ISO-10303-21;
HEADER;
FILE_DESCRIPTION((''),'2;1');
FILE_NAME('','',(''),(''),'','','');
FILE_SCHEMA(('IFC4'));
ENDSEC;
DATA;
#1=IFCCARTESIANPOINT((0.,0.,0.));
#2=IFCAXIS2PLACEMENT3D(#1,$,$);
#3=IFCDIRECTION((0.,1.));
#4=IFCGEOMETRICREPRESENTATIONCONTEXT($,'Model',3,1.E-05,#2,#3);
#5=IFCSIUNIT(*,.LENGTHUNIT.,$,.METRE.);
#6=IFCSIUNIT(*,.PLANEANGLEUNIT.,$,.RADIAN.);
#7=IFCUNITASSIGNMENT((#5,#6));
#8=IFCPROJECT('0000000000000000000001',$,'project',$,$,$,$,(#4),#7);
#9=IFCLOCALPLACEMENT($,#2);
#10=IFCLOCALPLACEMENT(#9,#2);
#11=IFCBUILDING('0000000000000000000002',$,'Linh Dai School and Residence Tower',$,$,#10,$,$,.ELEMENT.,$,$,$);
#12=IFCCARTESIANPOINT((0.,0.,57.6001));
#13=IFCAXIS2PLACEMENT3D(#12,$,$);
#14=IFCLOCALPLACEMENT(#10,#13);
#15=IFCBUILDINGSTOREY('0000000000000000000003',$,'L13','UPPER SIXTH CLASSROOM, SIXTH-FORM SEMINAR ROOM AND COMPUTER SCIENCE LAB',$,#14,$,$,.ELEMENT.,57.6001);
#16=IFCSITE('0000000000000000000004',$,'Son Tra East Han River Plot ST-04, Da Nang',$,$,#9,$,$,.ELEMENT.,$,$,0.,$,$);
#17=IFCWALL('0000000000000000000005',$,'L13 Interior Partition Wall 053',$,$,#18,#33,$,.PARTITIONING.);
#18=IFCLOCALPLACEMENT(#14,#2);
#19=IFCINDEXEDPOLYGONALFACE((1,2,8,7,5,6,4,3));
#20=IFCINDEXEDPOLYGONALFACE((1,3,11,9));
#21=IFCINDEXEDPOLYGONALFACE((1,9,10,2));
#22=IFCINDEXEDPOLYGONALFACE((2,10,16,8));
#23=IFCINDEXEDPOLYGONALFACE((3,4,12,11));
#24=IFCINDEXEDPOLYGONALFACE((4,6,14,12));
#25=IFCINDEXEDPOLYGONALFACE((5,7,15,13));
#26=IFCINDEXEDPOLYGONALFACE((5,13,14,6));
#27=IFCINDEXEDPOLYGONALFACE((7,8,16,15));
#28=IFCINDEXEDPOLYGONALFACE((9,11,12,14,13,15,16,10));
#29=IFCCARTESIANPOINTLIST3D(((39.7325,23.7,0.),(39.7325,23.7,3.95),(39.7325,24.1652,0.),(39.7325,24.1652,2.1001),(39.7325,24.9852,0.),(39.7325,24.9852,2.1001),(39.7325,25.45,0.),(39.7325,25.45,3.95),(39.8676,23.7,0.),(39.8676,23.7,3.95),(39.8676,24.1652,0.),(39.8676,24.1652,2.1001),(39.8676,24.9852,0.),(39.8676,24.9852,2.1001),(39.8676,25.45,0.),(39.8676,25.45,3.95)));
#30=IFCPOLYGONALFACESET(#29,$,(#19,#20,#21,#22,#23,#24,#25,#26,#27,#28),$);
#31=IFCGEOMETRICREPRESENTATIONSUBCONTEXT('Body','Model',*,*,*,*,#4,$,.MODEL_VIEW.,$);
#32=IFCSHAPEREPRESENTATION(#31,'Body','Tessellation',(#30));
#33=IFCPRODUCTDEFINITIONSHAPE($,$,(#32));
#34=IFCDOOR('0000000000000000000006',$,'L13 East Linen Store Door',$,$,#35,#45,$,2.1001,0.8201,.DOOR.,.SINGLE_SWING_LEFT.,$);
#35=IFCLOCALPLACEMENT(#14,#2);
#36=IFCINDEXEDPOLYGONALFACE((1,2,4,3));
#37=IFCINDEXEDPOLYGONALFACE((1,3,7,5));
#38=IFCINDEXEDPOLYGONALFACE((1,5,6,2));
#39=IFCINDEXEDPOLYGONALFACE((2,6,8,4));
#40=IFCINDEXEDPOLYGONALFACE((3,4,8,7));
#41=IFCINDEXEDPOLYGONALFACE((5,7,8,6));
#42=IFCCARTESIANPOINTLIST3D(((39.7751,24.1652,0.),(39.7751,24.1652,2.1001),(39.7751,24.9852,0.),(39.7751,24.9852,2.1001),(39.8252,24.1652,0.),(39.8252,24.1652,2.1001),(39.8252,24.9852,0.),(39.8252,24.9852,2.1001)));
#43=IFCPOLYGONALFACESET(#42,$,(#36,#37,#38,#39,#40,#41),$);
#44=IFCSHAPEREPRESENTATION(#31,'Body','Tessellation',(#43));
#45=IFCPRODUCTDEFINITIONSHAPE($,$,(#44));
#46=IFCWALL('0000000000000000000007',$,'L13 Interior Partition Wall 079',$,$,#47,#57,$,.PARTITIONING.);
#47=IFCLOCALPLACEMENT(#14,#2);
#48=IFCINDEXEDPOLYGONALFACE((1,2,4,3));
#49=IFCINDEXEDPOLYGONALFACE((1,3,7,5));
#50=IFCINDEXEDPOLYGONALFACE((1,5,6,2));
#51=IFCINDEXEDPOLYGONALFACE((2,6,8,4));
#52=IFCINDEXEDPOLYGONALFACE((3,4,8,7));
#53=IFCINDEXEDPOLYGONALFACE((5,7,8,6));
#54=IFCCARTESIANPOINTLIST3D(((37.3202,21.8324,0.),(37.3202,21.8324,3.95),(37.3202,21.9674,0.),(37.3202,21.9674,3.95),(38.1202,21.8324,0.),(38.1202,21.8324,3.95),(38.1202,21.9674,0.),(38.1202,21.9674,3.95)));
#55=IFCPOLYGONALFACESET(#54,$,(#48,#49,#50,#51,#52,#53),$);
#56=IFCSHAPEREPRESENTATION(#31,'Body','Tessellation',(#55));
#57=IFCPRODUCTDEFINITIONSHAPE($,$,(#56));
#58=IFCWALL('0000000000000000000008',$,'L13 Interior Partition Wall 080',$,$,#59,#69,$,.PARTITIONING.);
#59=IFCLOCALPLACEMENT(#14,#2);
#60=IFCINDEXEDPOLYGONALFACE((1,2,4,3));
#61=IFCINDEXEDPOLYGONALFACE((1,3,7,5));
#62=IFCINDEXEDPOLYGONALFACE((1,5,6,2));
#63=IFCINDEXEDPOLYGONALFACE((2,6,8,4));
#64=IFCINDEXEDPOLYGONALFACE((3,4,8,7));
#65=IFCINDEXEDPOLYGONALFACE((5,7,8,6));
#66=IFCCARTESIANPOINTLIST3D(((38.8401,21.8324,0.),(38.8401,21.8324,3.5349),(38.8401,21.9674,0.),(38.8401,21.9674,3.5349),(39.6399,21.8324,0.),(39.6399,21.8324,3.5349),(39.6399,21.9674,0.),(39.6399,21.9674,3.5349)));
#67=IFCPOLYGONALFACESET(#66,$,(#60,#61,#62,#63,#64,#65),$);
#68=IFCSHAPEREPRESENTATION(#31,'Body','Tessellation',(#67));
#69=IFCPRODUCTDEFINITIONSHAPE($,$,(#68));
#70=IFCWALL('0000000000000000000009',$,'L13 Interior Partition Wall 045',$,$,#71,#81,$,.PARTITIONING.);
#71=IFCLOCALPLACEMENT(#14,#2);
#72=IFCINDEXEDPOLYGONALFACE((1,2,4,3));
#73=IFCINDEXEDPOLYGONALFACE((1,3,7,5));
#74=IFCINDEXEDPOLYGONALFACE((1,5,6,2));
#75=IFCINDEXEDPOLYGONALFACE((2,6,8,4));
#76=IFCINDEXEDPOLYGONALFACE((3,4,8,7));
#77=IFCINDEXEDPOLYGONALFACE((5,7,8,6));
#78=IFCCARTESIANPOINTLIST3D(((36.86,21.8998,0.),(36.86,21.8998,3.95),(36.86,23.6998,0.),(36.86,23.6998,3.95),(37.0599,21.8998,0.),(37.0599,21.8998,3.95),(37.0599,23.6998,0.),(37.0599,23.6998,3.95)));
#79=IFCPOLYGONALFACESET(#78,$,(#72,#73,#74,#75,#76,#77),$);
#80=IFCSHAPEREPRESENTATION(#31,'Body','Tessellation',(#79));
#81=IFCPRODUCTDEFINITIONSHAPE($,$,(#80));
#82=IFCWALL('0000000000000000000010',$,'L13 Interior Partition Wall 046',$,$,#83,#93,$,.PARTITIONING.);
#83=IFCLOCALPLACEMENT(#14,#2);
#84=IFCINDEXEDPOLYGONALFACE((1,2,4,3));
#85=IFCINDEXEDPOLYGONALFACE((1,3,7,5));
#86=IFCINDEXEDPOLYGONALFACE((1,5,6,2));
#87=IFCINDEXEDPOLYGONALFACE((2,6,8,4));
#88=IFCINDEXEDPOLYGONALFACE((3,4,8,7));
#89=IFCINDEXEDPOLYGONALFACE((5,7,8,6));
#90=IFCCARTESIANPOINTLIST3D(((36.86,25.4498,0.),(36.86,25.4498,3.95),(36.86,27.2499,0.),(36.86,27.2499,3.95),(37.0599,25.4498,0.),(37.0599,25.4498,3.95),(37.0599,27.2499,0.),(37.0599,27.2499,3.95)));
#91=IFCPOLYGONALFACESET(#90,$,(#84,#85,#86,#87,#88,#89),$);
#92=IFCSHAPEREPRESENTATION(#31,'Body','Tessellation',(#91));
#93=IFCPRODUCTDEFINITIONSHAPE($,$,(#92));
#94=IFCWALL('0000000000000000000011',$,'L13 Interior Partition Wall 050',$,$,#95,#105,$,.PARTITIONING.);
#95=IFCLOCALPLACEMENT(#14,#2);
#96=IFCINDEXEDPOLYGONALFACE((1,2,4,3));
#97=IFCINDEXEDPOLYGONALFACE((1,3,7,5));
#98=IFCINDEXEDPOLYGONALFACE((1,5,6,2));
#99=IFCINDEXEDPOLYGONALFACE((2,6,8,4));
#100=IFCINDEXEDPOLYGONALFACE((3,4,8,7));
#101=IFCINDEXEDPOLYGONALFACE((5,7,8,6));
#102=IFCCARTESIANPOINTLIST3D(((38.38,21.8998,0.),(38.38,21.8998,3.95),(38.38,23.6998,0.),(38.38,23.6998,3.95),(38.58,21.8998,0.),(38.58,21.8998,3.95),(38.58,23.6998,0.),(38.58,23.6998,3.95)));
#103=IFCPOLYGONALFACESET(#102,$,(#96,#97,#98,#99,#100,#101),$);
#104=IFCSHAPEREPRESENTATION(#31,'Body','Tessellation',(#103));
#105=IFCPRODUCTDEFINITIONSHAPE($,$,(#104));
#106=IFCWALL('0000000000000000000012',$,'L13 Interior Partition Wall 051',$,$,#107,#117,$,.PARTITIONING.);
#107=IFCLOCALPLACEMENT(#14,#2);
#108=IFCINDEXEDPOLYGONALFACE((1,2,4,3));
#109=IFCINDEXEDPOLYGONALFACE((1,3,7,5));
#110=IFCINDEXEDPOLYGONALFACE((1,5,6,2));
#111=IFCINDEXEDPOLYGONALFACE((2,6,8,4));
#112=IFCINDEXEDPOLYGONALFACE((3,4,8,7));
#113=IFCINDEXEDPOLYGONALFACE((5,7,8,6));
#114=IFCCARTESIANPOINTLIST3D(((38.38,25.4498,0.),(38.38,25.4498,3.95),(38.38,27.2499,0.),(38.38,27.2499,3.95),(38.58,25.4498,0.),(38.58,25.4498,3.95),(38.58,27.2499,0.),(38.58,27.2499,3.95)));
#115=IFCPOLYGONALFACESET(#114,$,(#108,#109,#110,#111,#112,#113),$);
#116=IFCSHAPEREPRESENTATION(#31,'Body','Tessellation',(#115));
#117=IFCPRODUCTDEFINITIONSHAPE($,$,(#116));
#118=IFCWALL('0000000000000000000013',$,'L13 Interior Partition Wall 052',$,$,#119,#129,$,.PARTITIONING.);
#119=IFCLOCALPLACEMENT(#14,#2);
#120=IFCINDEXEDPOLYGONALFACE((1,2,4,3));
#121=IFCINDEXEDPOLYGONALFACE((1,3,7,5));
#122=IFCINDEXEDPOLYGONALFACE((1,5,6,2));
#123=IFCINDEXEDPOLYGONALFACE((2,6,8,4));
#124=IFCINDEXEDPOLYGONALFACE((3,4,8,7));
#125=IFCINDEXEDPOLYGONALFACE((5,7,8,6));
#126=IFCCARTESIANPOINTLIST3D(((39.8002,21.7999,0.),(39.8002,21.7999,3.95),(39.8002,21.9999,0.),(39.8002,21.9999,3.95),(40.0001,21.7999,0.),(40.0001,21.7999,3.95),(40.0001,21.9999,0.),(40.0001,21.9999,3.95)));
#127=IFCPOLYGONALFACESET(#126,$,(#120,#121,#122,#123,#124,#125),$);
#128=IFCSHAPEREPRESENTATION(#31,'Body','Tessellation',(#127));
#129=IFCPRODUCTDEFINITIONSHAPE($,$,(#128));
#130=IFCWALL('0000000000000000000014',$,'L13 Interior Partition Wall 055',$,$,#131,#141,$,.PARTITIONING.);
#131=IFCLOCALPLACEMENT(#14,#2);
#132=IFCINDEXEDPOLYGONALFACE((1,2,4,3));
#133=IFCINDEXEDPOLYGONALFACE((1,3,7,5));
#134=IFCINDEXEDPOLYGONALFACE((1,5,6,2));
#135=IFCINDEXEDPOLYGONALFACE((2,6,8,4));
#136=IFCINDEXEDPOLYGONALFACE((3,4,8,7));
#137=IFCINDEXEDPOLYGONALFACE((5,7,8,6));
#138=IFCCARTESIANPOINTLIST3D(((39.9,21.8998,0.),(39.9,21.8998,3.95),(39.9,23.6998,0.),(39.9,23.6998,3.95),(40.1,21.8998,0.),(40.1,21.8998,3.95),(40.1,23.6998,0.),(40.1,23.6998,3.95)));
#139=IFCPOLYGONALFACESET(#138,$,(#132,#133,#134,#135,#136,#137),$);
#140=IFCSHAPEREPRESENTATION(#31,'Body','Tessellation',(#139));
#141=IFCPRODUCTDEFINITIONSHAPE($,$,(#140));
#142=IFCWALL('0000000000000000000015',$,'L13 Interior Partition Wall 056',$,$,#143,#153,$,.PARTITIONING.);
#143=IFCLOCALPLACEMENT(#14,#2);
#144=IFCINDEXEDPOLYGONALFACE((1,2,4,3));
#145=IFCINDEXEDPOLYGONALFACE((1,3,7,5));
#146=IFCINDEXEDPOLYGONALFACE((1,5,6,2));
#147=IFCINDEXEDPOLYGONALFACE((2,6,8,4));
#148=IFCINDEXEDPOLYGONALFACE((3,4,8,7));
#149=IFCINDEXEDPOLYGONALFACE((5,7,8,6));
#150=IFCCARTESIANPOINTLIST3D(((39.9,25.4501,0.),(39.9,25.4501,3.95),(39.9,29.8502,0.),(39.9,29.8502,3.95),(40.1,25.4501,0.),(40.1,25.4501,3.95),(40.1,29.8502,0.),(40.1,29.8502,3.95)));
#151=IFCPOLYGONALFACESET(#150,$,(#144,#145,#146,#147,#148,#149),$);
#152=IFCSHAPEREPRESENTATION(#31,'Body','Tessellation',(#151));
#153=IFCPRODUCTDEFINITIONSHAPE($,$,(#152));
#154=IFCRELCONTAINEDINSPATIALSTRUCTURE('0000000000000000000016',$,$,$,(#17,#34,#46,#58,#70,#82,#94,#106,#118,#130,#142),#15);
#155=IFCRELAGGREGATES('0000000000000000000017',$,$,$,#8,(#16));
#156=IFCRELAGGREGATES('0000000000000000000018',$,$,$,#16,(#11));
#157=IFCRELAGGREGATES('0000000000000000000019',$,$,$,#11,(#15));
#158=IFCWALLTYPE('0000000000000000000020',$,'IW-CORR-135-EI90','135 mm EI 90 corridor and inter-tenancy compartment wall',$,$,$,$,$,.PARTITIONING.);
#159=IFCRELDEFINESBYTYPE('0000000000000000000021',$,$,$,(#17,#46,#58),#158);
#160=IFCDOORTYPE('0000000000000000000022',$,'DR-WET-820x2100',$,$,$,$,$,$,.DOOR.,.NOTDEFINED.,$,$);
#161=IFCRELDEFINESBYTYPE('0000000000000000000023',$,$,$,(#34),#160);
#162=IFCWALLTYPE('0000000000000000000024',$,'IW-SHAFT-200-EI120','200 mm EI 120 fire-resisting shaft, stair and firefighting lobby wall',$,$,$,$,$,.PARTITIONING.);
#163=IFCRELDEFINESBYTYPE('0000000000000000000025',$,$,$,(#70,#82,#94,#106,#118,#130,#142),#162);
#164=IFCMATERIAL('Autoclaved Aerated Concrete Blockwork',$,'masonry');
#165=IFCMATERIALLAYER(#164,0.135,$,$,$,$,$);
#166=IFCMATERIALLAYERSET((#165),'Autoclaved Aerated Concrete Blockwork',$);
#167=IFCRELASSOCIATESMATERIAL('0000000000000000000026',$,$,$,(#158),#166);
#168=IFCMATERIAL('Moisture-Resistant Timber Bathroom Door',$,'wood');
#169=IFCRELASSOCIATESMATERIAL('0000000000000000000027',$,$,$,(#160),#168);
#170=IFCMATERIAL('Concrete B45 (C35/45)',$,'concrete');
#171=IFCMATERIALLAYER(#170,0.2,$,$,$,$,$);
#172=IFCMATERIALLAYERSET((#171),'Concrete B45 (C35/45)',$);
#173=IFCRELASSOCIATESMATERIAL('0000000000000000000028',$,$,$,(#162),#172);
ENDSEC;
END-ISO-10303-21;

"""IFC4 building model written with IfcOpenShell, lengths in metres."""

from ifc_helpers import new_model, si_unit, direction, frame, frame_2d, origin, origin_2d, place, context, subcontext, project, spatial, rectangle, extrude, source, transform, mapped, material, layer, layer_set, type_object, element, fill, save


model = new_model("IFC4")

# Units and contexts
model_context = context("Model", 3, precision=1e-05, world=origin(), true_north=direction((0.0, 1.0)))
body_context = subcontext(model_context, "Body", "Model", "MODEL_VIEW")
ifc_project = project(units=[si_unit("LENGTHUNIT", "METRE"), si_unit("PLANEANGLEUNIT", "RADIAN")], contexts=[model_context])

# Site, building, storey
site_placement = place(None, origin())
site = spatial("IfcSite", under=ifc_project, at=site_placement, Name="Son Tra East Han River Plot ST-04, Da Nang", CompositionType="ELEMENT", RefElevation=0.0)
building_placement = place(site_placement, origin())
building = spatial("IfcBuilding", under=site, at=building_placement, Name="Linh Dai School and Residence Tower", CompositionType="ELEMENT")
storey_placement = place(building_placement, frame((0.0, 0.0, 57.6001)))
storey = spatial("IfcBuildingStorey", under=building, at=storey_placement, Name="L13", Description="UPPER SIXTH CLASSROOM, SIXTH-FORM SEMINAR ROOM AND COMPUTER SCIENCE LAB", CompositionType="ELEMENT", Elevation=57.6001)

# Wall, opening, door
ifc_material_1 = material(Name="Autoclaved Aerated Concrete Blockwork", Category="masonry")
ifc_layer_1 = layer(ifc_material_1, 0.135)
ifc_layer_set_1 = layer_set([ifc_layer_1], Name="Autoclaved Aerated Concrete Blockwork")
wall_type_1 = type_object("IfcWallType", Name="IW-CORR-135-EI90", Description="135 mm EI 90 corridor and inter-tenancy compartment wall", PredefinedType="PARTITIONING", material=ifc_layer_set_1)
wall_1_placement = place(storey_placement, frame((39.8, 23.7, 0.0), z_axis=(0.0, 0.0, 1.0), x_axis=(0.0, 1.0, 0.0)))
wall_1 = element("IfcWall", 1, at=wall_1_placement, inside=storey, type_object=wall_type_1, Name="L13 Interior Partition Wall 053", PredefinedType="PARTITIONING", context=body_context, shape_type="SweptSolid", body=[
    extrude(rectangle(XDim=1.75, YDim=0.135, at=frame_2d((0.875, 0.0))), origin(), (0.0, 0.0, 1.0), 3.95),
])
opening_placement = place(wall_1_placement, frame((0.4651, 0.0, 0.0)))
opening = element("IfcOpeningElement", 2, at=opening_placement, cuts=wall_1, PredefinedType="OPENING", context=body_context, shape_type="SweptSolid", body=[
    extrude(rectangle(XDim=0.8201, YDim=2.1001, at=origin_2d()), frame((0.4102, 0.0776, 1.05), z_axis=(0.0, -1.0, 0.0), x_axis=(1.0, 0.0, 0.0)), (0.0, 0.0, 1.0), 0.155),
])
ifc_material_2 = material(Name="Moisture-Resistant Timber Bathroom Door", Category="wood")
door_type = type_object("IfcDoorType", Name="DR-WET-820x2100", OperationType="NOTDEFINED", PredefinedType="DOOR", material=ifc_material_2)
shared_shape_1 = source(origin(), body_context, "Body", "SweptSolid", [
    extrude(rectangle(XDim=0.8201, YDim=2.1001, at=origin_2d()), frame((0.4102, 0.0249, 1.05), z_axis=(0.0, -1.0, 0.0), x_axis=(1.0, 0.0, 0.0)), (0.0, 0.0, 1.0), 0.05),
])
door_placement = place(opening_placement, origin())
door = element("IfcDoor", 3, at=door_placement, inside=storey, type_object=door_type, Name="L13 East Linen Store Door", OperationType="SINGLE_SWING_LEFT", OverallHeight=2.1001, OverallWidth=0.8201, PredefinedType="DOOR", context=body_context, shape_type="MappedRepresentation", body=[
    mapped(shared_shape_1, transform((0.0, 0.0, 0.0), x_axis=(1.0, 0.0, 0.0), y_axis=(0.0, 1.0, 0.0), z_axis=(0.0, 0.0, 1.0), scale=1.0)),
])
fill(opening, door)

# Walls
wall_2_placement = place(storey_placement, frame((38.1201, 21.8999, 0.0), z_axis=(0.0, 0.0, 1.0), x_axis=(-1.0, 0.0, 0.0)))
element("IfcWall", 4, at=wall_2_placement, inside=storey, type_object=wall_type_1, Name="L13 Interior Partition Wall 079", PredefinedType="PARTITIONING", context=body_context, shape_type="SweptSolid", body=[
    extrude(rectangle(XDim=0.8, YDim=0.135, at=frame_2d((0.3999, 0.0))), origin(), (0.0, 0.0, 1.0), 3.95),
])
wall_3_placement = place(storey_placement, frame((39.6399, 21.8999, 0.0), z_axis=(0.0, 0.0, 1.0), x_axis=(-1.0, 0.0, 0.0)))
element("IfcWall", 5, at=wall_3_placement, inside=storey, type_object=wall_type_1, Name="L13 Interior Partition Wall 080", PredefinedType="PARTITIONING", context=body_context, shape_type="SweptSolid", body=[
    extrude(rectangle(XDim=0.7998, YDim=0.135, at=frame_2d((0.3999, 0.0))), origin(), (0.0, 0.0, 1.0), 3.5349),
])
ifc_material_3 = material(Name="Concrete B45 (C35/45)", Category="concrete")
ifc_layer_2 = layer(ifc_material_3, 0.2)
ifc_layer_set_2 = layer_set([ifc_layer_2], Name="Concrete B45 (C35/45)")
wall_type_2 = type_object("IfcWallType", Name="IW-SHAFT-200-EI120", Description="200 mm EI 120 fire-resisting shaft, stair and firefighting lobby wall", PredefinedType="PARTITIONING", material=ifc_layer_set_2)
for number, where, z_axis, x_axis, name in (
    (6, (36.96, 21.8999, 0.0), (0.0, 0.0, 1.0), (0.0, 1.0, 0.0), "L13 Interior Partition Wall 045"),
    (7, (36.96, 25.45, 0.0), (0.0, 0.0, 1.0), (0.0, 1.0, 0.0), "L13 Interior Partition Wall 046"),
    (8, (38.48, 21.8999, 0.0), (0.0, 0.0, 1.0), (0.0, 1.0, 0.0), "L13 Interior Partition Wall 050"),
    (9, (38.48, 25.45, 0.0), (0.0, 0.0, 1.0), (0.0, 1.0, 0.0), "L13 Interior Partition Wall 051"),
):
    element("IfcWall", number, at=place(storey_placement, frame(where, z_axis=z_axis, x_axis=x_axis)), inside=storey, type_object=wall_type_2, Name=name, PredefinedType="PARTITIONING", context=body_context, shape_type="SweptSolid", body=[
        extrude(rectangle(XDim=1.8, YDim=0.2, at=frame_2d((0.8999, 0.0))), origin(), (0.0, 0.0, 1.0), 3.95),
    ])
wall_4_placement = place(storey_placement, frame((39.8, 21.8999, 0.0), z_axis=(0.0, 0.0, 1.0), x_axis=(1.0, 0.0, 0.0)))
element("IfcWall", 10, at=wall_4_placement, inside=storey, type_object=wall_type_2, Name="L13 Interior Partition Wall 052", PredefinedType="PARTITIONING", context=body_context, shape_type="SweptSolid", body=[
    extrude(rectangle(XDim=0.2, YDim=0.2, at=frame_2d((0.1001, 0.0))), origin(), (0.0, 0.0, 1.0), 3.95),
])
wall_5_placement = place(storey_placement, frame((40.0, 21.8999, 0.0), z_axis=(0.0, 0.0, 1.0), x_axis=(0.0, 1.0, 0.0)))
element("IfcWall", 11, at=wall_5_placement, inside=storey, type_object=wall_type_2, Name="L13 Interior Partition Wall 055", PredefinedType="PARTITIONING", context=body_context, shape_type="SweptSolid", body=[
    extrude(rectangle(XDim=1.8, YDim=0.2, at=frame_2d((0.8999, 0.0))), origin(), (0.0, 0.0, 1.0), 3.95),
])
wall_6_placement = place(storey_placement, frame((40.0, 25.45, 0.0), z_axis=(0.0, 0.0, 1.0), x_axis=(0.0, 1.0, 0.0)))
element("IfcWall", 12, at=wall_6_placement, inside=storey, type_object=wall_type_2, Name="L13 Interior Partition Wall 056", PredefinedType="PARTITIONING", context=body_context, shape_type="SweptSolid", body=[
    extrude(rectangle(XDim=4.4001, YDim=0.2, at=frame_2d((2.2002, 0.0))), origin(), (0.0, 0.0, 1.0), 3.95),
])

save(model, "model.ifc")
